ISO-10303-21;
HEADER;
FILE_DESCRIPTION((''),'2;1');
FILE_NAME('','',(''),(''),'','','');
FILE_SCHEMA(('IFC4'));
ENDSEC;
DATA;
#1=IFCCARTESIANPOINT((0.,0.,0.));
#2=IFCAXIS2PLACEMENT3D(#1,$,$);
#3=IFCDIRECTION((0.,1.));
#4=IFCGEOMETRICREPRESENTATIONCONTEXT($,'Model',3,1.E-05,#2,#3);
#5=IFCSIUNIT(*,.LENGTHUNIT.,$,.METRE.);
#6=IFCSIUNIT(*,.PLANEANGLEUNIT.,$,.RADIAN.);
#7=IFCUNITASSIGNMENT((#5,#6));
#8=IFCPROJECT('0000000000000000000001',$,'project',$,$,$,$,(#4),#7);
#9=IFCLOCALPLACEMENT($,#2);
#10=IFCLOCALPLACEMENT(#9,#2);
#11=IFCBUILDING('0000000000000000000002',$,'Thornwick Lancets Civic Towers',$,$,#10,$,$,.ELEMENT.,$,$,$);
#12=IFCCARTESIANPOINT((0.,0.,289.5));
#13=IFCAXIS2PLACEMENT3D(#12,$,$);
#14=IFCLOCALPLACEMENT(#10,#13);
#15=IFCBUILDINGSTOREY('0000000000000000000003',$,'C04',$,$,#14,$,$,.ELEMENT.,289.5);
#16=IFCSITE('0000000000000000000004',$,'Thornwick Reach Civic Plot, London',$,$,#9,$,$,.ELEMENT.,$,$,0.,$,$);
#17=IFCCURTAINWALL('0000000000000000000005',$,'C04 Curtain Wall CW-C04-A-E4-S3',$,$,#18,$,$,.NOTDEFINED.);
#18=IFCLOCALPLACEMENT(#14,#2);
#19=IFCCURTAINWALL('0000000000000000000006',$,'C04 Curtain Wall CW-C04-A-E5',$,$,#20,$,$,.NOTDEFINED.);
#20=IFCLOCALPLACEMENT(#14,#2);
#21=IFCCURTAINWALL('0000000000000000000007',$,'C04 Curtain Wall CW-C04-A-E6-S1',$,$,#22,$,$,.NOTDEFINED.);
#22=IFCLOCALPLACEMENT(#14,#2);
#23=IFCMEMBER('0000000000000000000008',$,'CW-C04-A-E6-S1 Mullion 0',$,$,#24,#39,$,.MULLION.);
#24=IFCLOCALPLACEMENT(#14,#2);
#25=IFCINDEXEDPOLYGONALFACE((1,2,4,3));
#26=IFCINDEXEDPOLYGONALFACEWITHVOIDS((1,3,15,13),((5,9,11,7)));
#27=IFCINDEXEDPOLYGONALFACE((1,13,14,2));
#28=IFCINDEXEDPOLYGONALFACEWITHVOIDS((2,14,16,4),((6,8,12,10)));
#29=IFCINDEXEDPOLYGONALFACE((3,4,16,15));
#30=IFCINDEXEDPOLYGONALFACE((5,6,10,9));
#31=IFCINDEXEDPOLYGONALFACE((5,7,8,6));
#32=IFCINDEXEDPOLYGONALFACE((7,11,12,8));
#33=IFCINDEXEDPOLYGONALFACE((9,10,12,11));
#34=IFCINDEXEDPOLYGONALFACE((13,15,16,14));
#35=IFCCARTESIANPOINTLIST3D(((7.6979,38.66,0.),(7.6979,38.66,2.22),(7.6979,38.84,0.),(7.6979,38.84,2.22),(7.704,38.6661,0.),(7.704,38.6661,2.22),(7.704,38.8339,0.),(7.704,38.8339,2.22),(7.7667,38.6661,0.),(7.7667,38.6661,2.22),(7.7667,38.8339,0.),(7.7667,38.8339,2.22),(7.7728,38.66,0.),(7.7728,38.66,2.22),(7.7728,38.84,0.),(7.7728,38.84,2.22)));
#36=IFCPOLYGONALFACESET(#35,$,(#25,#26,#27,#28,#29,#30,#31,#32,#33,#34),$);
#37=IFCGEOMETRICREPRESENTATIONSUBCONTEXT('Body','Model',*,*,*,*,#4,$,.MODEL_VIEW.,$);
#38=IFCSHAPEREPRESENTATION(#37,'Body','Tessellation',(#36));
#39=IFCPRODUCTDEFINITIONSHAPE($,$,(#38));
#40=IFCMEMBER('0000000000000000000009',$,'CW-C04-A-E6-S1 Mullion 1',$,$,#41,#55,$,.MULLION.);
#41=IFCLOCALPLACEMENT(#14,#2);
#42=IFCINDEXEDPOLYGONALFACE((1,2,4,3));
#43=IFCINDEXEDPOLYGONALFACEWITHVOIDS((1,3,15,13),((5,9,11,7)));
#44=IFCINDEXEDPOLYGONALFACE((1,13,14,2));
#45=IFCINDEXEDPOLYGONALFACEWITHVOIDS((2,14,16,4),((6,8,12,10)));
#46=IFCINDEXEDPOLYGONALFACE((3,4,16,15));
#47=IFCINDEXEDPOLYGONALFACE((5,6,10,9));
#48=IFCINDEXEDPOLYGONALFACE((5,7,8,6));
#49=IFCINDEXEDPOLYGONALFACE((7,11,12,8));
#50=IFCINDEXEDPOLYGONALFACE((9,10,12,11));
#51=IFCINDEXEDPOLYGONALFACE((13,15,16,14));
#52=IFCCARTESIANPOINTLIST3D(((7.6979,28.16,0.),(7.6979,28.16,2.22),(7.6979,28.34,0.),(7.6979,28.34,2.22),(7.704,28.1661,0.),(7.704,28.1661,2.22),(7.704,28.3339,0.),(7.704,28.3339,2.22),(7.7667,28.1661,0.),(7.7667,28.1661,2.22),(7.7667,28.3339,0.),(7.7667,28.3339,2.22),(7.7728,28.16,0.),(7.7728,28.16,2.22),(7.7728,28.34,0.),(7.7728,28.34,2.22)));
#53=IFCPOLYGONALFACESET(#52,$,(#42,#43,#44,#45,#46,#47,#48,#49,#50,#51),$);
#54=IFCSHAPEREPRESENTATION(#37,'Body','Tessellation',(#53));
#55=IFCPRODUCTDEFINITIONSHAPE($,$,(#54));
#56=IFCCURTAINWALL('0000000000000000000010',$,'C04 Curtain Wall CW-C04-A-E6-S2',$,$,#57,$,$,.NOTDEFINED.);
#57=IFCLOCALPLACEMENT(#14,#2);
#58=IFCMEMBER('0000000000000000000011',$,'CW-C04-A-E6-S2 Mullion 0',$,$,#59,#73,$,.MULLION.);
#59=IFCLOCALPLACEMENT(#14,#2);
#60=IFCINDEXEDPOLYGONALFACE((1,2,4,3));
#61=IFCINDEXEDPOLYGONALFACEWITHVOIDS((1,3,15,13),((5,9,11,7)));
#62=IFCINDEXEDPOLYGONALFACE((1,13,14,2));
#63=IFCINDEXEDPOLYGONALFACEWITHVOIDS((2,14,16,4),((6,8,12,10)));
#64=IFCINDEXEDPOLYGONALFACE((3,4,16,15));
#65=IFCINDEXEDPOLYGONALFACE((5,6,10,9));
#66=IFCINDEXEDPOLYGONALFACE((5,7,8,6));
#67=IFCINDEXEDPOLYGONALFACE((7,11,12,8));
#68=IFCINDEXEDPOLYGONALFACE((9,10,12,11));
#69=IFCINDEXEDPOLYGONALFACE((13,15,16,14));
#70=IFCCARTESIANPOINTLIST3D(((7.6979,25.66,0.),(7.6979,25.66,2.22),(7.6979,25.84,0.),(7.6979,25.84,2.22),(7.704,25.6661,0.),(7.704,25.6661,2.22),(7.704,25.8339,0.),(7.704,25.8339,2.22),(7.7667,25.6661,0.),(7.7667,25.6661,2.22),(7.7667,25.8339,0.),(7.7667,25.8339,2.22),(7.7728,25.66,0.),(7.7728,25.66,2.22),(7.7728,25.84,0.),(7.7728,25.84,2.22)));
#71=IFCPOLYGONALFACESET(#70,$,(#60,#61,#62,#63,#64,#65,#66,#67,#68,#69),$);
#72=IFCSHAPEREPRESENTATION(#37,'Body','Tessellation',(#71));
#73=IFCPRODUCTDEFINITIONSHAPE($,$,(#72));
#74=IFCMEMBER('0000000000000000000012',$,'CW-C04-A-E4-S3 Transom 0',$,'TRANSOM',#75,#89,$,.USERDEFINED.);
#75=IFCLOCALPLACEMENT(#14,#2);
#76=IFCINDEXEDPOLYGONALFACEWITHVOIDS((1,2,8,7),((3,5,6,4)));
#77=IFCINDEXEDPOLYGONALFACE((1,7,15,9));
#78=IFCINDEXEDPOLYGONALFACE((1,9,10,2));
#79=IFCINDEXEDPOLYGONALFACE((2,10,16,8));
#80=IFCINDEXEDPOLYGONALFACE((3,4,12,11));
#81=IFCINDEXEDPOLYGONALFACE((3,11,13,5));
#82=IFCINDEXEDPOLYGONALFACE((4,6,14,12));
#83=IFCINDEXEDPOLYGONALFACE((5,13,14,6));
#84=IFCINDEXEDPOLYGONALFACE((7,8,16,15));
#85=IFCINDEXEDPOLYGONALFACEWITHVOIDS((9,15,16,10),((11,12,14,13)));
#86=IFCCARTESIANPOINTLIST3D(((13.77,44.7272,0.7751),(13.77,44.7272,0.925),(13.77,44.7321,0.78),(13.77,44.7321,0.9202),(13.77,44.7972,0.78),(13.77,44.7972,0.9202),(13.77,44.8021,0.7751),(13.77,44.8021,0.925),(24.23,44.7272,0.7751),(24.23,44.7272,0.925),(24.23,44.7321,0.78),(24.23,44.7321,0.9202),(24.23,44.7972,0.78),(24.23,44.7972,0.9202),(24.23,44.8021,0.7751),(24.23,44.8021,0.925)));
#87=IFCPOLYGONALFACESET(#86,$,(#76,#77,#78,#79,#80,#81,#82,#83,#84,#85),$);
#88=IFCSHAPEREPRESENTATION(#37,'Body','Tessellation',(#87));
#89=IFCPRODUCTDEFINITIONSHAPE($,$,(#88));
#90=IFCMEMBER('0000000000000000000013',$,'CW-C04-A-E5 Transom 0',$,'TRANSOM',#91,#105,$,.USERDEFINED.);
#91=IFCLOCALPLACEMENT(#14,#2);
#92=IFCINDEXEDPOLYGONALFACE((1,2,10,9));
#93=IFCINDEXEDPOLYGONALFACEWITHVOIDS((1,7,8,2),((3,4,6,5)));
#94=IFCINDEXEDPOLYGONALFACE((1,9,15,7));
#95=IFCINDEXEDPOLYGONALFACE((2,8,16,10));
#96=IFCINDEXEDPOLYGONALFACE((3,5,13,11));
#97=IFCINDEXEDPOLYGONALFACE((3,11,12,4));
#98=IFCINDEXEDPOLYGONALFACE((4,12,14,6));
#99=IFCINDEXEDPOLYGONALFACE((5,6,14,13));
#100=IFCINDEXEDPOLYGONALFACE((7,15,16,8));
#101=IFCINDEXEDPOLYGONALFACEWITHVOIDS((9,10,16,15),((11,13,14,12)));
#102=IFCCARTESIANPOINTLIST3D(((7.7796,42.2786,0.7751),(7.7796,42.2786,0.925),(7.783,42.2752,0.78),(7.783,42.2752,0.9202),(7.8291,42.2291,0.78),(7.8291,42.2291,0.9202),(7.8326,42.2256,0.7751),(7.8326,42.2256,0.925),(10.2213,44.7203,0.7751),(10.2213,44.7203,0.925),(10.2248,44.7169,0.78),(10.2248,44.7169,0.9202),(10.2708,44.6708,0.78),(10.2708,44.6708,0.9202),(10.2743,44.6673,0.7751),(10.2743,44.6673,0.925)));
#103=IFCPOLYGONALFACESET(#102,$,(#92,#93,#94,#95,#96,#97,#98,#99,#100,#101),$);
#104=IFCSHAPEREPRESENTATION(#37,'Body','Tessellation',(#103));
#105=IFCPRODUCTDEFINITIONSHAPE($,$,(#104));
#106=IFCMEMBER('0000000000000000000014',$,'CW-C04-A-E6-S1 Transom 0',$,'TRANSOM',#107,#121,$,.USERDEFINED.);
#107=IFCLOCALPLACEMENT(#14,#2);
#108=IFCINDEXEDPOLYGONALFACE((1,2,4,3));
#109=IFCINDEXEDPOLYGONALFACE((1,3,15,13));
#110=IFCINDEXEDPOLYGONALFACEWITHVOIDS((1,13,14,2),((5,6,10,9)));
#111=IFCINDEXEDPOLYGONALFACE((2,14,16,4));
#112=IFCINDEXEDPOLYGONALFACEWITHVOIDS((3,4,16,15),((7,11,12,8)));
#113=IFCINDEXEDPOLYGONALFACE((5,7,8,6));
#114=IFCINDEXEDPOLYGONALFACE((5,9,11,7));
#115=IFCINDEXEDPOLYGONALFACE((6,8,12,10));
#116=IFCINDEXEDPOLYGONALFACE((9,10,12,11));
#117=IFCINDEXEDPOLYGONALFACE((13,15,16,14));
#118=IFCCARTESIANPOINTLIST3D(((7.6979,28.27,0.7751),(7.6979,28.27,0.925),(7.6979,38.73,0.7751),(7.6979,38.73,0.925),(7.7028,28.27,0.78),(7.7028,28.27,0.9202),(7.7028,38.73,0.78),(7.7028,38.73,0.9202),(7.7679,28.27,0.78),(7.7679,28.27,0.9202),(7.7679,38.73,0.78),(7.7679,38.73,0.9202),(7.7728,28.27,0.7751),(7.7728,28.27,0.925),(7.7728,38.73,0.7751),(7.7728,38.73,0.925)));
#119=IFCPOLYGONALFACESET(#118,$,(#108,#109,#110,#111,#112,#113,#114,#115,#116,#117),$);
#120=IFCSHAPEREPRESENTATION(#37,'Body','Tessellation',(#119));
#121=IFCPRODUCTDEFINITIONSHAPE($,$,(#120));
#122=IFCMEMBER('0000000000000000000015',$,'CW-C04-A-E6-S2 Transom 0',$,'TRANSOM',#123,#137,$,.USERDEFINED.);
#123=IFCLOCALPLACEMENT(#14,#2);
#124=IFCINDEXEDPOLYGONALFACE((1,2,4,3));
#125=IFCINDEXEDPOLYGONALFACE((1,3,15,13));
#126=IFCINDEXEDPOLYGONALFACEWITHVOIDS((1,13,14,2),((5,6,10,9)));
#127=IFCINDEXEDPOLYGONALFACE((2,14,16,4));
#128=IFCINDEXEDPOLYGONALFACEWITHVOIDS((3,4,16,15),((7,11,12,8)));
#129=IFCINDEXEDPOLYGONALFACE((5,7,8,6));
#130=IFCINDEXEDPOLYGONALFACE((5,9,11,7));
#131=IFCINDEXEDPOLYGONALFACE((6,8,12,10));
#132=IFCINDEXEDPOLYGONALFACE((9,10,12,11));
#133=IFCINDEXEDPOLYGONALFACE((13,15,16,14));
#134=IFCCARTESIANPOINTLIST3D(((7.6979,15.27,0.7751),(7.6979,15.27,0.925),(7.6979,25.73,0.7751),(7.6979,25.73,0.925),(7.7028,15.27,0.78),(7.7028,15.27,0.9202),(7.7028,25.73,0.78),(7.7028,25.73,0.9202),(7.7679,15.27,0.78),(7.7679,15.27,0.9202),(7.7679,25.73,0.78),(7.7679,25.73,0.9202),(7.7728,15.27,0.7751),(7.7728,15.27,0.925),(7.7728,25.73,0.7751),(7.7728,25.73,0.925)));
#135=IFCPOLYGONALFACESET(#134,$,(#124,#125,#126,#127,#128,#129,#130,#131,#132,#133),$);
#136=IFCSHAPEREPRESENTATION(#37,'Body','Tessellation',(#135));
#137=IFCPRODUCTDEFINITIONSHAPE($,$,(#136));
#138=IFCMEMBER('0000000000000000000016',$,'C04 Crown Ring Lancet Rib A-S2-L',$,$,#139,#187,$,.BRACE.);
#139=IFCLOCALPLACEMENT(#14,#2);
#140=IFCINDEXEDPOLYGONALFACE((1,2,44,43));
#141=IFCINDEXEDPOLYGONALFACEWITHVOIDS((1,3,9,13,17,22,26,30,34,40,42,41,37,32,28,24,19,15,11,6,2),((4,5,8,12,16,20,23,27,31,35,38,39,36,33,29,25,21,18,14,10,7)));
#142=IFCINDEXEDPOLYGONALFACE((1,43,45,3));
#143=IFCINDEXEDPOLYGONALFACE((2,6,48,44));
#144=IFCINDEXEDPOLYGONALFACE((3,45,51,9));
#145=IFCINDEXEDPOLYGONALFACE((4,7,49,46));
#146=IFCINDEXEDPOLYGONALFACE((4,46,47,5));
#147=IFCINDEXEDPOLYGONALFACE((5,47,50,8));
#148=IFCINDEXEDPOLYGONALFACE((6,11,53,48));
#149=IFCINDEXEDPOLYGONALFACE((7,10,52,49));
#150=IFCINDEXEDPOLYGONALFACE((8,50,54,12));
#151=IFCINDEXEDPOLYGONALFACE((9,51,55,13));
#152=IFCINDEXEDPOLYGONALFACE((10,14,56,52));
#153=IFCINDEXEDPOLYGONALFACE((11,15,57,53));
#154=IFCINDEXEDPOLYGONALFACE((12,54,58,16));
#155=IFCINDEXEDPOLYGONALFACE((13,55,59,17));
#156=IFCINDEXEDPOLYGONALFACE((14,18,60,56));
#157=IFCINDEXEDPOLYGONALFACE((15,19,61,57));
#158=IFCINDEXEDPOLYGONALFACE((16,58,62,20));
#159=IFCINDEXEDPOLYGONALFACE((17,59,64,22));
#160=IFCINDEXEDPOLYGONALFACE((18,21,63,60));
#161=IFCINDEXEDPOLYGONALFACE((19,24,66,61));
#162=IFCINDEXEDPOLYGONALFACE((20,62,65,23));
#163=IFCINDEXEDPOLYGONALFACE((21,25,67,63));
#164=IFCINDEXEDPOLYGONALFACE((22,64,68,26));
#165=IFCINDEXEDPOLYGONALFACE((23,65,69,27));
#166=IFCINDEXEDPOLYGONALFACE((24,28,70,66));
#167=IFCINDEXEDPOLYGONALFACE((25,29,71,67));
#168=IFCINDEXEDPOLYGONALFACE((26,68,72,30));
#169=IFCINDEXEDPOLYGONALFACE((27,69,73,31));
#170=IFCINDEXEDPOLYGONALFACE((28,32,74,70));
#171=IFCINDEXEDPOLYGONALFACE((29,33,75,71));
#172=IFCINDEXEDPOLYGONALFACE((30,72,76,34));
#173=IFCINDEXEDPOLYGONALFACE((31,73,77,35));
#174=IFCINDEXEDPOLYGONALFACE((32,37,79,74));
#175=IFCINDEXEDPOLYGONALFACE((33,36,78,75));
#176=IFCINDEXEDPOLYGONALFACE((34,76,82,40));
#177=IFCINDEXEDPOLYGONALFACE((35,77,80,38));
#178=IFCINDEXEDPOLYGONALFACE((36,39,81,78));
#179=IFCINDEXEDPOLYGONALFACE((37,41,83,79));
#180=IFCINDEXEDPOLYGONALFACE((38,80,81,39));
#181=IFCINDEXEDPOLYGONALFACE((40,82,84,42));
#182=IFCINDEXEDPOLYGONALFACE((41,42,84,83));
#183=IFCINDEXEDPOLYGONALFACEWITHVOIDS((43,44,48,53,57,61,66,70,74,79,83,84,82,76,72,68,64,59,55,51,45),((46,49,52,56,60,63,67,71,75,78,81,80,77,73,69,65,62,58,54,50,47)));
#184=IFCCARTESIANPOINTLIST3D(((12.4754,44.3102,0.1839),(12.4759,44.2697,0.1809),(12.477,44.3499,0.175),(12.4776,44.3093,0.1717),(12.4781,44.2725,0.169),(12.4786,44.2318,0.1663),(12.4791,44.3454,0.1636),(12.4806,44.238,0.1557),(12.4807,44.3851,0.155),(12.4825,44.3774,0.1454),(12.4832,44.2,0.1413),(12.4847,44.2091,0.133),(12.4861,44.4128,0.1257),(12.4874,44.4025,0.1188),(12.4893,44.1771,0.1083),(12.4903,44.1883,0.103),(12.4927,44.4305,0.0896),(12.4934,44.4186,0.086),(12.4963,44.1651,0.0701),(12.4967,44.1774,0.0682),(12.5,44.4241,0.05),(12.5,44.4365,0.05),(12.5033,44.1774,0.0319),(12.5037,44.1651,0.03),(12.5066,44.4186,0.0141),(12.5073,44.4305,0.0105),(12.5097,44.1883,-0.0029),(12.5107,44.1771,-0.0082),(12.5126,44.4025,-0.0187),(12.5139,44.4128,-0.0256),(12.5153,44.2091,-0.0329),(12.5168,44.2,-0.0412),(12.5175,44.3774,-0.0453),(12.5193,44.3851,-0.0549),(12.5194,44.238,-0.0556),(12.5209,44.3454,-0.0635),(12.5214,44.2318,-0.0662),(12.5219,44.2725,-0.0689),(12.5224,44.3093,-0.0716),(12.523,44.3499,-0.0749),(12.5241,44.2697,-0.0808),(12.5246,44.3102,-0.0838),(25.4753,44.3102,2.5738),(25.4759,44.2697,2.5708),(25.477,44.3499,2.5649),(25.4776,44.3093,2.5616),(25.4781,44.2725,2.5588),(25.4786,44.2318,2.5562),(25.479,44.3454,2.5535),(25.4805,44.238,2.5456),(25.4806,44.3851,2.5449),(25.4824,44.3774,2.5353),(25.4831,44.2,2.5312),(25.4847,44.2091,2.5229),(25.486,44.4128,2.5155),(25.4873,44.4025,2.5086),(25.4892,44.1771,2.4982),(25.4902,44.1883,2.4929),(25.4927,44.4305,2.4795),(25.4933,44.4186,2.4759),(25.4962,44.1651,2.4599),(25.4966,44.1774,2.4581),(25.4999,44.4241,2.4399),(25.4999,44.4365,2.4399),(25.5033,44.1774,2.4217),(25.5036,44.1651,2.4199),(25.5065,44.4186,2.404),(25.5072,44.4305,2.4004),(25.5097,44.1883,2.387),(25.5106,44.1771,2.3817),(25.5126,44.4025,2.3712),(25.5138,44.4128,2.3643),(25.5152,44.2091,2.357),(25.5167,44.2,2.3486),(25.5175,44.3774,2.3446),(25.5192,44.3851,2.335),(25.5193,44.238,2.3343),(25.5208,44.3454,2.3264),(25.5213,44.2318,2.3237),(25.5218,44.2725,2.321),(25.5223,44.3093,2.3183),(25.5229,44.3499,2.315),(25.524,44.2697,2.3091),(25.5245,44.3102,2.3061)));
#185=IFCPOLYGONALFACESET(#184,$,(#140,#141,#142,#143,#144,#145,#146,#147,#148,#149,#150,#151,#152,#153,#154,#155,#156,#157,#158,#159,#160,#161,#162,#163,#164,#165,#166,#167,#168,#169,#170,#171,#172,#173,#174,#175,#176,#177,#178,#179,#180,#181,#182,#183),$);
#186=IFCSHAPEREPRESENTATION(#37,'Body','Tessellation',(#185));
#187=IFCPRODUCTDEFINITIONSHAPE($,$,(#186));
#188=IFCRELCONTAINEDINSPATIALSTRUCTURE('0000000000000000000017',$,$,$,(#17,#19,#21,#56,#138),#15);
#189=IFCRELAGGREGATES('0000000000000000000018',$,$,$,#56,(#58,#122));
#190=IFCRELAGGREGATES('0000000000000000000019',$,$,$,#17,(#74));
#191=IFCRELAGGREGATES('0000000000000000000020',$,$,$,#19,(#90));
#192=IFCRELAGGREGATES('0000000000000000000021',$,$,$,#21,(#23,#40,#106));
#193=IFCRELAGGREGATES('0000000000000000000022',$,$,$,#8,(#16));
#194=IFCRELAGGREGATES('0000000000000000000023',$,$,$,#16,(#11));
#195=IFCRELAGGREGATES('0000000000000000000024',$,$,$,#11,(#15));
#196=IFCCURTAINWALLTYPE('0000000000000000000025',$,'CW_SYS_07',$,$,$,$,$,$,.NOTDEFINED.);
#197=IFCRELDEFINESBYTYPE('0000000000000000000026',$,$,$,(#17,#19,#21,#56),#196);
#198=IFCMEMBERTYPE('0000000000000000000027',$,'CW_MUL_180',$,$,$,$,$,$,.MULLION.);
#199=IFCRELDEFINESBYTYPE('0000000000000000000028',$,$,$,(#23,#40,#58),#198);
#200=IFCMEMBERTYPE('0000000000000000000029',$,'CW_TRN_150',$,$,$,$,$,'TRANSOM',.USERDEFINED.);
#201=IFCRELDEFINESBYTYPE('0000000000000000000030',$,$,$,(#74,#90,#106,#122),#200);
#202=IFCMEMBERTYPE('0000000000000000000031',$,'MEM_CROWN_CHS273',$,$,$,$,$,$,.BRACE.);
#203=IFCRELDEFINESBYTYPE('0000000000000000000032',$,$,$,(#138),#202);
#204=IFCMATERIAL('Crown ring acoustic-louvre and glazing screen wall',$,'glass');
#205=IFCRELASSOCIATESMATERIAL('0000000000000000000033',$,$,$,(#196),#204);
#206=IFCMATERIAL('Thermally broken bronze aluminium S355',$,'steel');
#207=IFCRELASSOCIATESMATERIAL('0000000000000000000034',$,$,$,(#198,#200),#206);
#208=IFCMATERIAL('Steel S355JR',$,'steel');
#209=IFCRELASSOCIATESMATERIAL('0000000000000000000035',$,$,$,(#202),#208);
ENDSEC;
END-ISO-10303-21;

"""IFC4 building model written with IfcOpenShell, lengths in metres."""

from ifc_helpers import new_model, si_unit, direction, frame, origin, origin_2d, place, context, subcontext, project, spatial, hollow_rectangle, hollow_circle, extrude, material, material_profile, profile_set, type_object, element, aggregate, save


model = new_model("IFC4")

# Units and contexts
model_context = context("Model", 3, precision=1e-05, world=origin(), true_north=direction((0.0, 1.0)))
body_context = subcontext(model_context, "Body", "Model", "MODEL_VIEW")
ifc_project = project(units=[si_unit("LENGTHUNIT", "METRE"), si_unit("PLANEANGLEUNIT", "RADIAN")], contexts=[model_context])

# Site, building, storey
site_placement = place(None, origin())
site = spatial("IfcSite", under=ifc_project, at=site_placement, Name="Thornwick Reach Civic Plot, London", CompositionType="ELEMENT", RefElevation=0.0)
building_placement = place(site_placement, origin())
building = spatial("IfcBuilding", under=site, at=building_placement, Name="Thornwick Lancets Civic Towers", CompositionType="ELEMENT")
storey_placement = place(building_placement, frame((0.0, 0.0, 289.5)))
storey = spatial("IfcBuildingStorey", under=building, at=storey_placement, Name="C04", CompositionType="ELEMENT", Elevation=289.5)

# Shared definitions
ifc_material_1 = material(Name="Steel S355JR", Category="steel")

# Curtain walls, members
ifc_material_2 = material(Name="Crown ring acoustic-louvre and glazing screen wall", Category="glass")
curtain_wall_type = type_object("IfcCurtainWallType", Name="CW_SYS_07", PredefinedType="NOTDEFINED", material=ifc_material_2)
curtain_wall_1_placement = place(storey_placement, origin())
curtain_wall_1 = element("IfcCurtainWall", 1, at=curtain_wall_1_placement, inside=storey, type_object=curtain_wall_type, Name="C04 Curtain Wall CW-C04-A-E4-S3", PredefinedType="NOTDEFINED")
ifc_material_3 = material(Name="Thermally broken bronze aluminium S355", Category="steel")
ifc_material_profile_1 = material_profile(ifc_material_3, hollow_rectangle(XDim=0.075, YDim=0.1799, WallThickness=0.0061, at=origin_2d()), Name="RHS 180x75x6")
ifc_profile_set_1 = profile_set([ifc_material_profile_1], Name="Thermally broken bronze aluminium S355")
member_type_1 = type_object("IfcMemberType", Name="CW_MUL_180", PredefinedType="MULLION", material=ifc_profile_set_1)
curtain_wall_2_placement = place(storey_placement, origin())
curtain_wall_2 = element("IfcCurtainWall", 2, at=curtain_wall_2_placement, inside=storey, type_object=curtain_wall_type, Name="C04 Curtain Wall CW-C04-A-E5", PredefinedType="NOTDEFINED")
curtain_wall_3_placement = place(storey_placement, origin())
curtain_wall_3 = element("IfcCurtainWall", 3, at=curtain_wall_3_placement, inside=storey, type_object=curtain_wall_type, Name="C04 Curtain Wall CW-C04-A-E6-S1", PredefinedType="NOTDEFINED")
member_1_placement = place(storey_placement, frame((7.7354, 38.75, 0.0), z_axis=(0.0, 0.0, 1.0), x_axis=(1.0, 0.0, 0.0)))
member_1 = element("IfcMember", 4, at=member_1_placement, type_object=member_type_1, Name="CW-C04-A-E6-S1 Mullion 0", PredefinedType="MULLION", context=body_context, shape_type="SweptSolid", body=[
    extrude(hollow_rectangle(XDim=0.075, YDim=0.1799, WallThickness=0.0061, at=origin_2d()), origin(), (0.0, 0.0, 1.0), 2.22),
])
member_2_placement = place(storey_placement, frame((7.7354, 28.25, 0.0), z_axis=(0.0, 0.0, 1.0), x_axis=(1.0, 0.0, 0.0)))
member_2 = element("IfcMember", 5, at=member_2_placement, type_object=member_type_1, Name="CW-C04-A-E6-S1 Mullion 1", PredefinedType="MULLION", context=body_context, shape_type="SweptSolid", body=[
    extrude(hollow_rectangle(XDim=0.075, YDim=0.1799, WallThickness=0.0061, at=origin_2d()), origin(), (0.0, 0.0, 1.0), 2.22),
])

# Curtain wall, member
curtain_wall_4_placement = place(storey_placement, origin())
curtain_wall_4 = element("IfcCurtainWall", 6, at=curtain_wall_4_placement, inside=storey, type_object=curtain_wall_type, Name="C04 Curtain Wall CW-C04-A-E6-S2", PredefinedType="NOTDEFINED")
member_3_placement = place(storey_placement, frame((7.7354, 25.75, 0.0), z_axis=(0.0, 0.0, 1.0), x_axis=(1.0, 0.0, 0.0)))
member_3 = element("IfcMember", 7, at=member_3_placement, type_object=member_type_1, Name="CW-C04-A-E6-S2 Mullion 0", PredefinedType="MULLION", context=body_context, shape_type="SweptSolid", body=[
    extrude(hollow_rectangle(XDim=0.075, YDim=0.1799, WallThickness=0.0061, at=origin_2d()), origin(), (0.0, 0.0, 1.0), 2.22),
])

# Members
ifc_material_profile_2 = material_profile(ifc_material_3, hollow_rectangle(XDim=0.075, YDim=0.1499, WallThickness=0.0049, at=origin_2d()), Name="RHS 150x75x5")
ifc_profile_set_2 = profile_set([ifc_material_profile_2], Name="Thermally broken bronze aluminium S355")
member_type_2 = type_object("IfcMemberType", Name="CW_TRN_150", ElementType="TRANSOM", PredefinedType="USERDEFINED", material=ifc_profile_set_2)
member_4_placement = place(storey_placement, frame((24.23, 44.7646, 0.8501), z_axis=(-1.0, 0.0, 0.0), x_axis=(0.0, -1.0, 0.0)))
member_4 = element("IfcMember", 8, at=member_4_placement, type_object=member_type_2, Name="CW-C04-A-E4-S3 Transom 0", ObjectType="TRANSOM", PredefinedType="USERDEFINED", context=body_context, shape_type="SweptSolid", body=[
    extrude(hollow_rectangle(XDim=0.075, YDim=0.1499, WallThickness=0.0049, at=origin_2d()), origin(), (0.0, 0.0, 1.0), 10.46),
])
member_5_placement = place(storey_placement, frame((10.2478, 44.6938, 0.8501), z_axis=(-0.707107, -0.707107, 0.0), x_axis=(0.707107, -0.707107, 0.0)))
member_5 = element("IfcMember", 9, at=member_5_placement, type_object=member_type_2, Name="CW-C04-A-E5 Transom 0", ObjectType="TRANSOM", PredefinedType="USERDEFINED", context=body_context, shape_type="SweptSolid", body=[
    extrude(hollow_rectangle(XDim=0.075, YDim=0.1499, WallThickness=0.0049, at=origin_2d()), origin(), (0.0, 0.0, 1.0), 3.4531),
])
member_6_placement = place(storey_placement, frame((7.7354, 38.73, 0.8501), z_axis=(0.0, -1.0, 0.0), x_axis=(1.0, 0.0, 0.0)))
member_6 = element("IfcMember", 10, at=member_6_placement, type_object=member_type_2, Name="CW-C04-A-E6-S1 Transom 0", ObjectType="TRANSOM", PredefinedType="USERDEFINED", context=body_context, shape_type="SweptSolid", body=[
    extrude(hollow_rectangle(XDim=0.075, YDim=0.1499, WallThickness=0.0049, at=origin_2d()), origin(), (0.0, 0.0, 1.0), 10.46),
])
member_7_placement = place(storey_placement, frame((7.7354, 25.73, 0.8501), z_axis=(0.0, -1.0, 0.0), x_axis=(1.0, 0.0, 0.0)))
member_7 = element("IfcMember", 11, at=member_7_placement, type_object=member_type_2, Name="CW-C04-A-E6-S2 Transom 0", ObjectType="TRANSOM", PredefinedType="USERDEFINED", context=body_context, shape_type="SweptSolid", body=[
    extrude(hollow_rectangle(XDim=0.075, YDim=0.1499, WallThickness=0.0049, at=origin_2d()), origin(), (0.0, 0.0, 1.0), 10.46),
])
aggregate(curtain_wall_4, [member_3, member_7])

# Member
ifc_material_profile_3 = material_profile(ifc_material_1, hollow_circle(Radius=0.1365, WallThickness=0.0125, at=origin_2d()), Name="CHS 273x12.5")
ifc_profile_set_3 = profile_set([ifc_material_profile_3], Name="Steel S355JR")
member_type_3 = type_object("IfcMemberType", Name="MEM_CROWN_CHS273", PredefinedType="BRACE", material=ifc_profile_set_3)
for number, where, z_axis, x_axis, name in (
    (12, (12.5, 44.3, 0.05), (0.983518, 0.0, 0.180808), (0.0, 1.0, 0.0), "C04 Crown Ring Lancet Rib A-S2-L"),
):
    element("IfcMember", number, at=place(storey_placement, frame(where, z_axis=z_axis, x_axis=x_axis)), inside=storey, type_object=member_type_3, Name=name, PredefinedType="BRACE", context=body_context, shape_type="SweptSolid", body=[
        extrude(hollow_circle(Radius=0.1365, WallThickness=0.0125, at=origin_2d()), origin(), (0.0, 0.0, 1.0), 13.2178),
    ])

aggregate(curtain_wall_1, [member_4])
aggregate(curtain_wall_2, [member_5])
aggregate(curtain_wall_3, [member_1, member_2, member_6])

save(model, "model.ifc")
